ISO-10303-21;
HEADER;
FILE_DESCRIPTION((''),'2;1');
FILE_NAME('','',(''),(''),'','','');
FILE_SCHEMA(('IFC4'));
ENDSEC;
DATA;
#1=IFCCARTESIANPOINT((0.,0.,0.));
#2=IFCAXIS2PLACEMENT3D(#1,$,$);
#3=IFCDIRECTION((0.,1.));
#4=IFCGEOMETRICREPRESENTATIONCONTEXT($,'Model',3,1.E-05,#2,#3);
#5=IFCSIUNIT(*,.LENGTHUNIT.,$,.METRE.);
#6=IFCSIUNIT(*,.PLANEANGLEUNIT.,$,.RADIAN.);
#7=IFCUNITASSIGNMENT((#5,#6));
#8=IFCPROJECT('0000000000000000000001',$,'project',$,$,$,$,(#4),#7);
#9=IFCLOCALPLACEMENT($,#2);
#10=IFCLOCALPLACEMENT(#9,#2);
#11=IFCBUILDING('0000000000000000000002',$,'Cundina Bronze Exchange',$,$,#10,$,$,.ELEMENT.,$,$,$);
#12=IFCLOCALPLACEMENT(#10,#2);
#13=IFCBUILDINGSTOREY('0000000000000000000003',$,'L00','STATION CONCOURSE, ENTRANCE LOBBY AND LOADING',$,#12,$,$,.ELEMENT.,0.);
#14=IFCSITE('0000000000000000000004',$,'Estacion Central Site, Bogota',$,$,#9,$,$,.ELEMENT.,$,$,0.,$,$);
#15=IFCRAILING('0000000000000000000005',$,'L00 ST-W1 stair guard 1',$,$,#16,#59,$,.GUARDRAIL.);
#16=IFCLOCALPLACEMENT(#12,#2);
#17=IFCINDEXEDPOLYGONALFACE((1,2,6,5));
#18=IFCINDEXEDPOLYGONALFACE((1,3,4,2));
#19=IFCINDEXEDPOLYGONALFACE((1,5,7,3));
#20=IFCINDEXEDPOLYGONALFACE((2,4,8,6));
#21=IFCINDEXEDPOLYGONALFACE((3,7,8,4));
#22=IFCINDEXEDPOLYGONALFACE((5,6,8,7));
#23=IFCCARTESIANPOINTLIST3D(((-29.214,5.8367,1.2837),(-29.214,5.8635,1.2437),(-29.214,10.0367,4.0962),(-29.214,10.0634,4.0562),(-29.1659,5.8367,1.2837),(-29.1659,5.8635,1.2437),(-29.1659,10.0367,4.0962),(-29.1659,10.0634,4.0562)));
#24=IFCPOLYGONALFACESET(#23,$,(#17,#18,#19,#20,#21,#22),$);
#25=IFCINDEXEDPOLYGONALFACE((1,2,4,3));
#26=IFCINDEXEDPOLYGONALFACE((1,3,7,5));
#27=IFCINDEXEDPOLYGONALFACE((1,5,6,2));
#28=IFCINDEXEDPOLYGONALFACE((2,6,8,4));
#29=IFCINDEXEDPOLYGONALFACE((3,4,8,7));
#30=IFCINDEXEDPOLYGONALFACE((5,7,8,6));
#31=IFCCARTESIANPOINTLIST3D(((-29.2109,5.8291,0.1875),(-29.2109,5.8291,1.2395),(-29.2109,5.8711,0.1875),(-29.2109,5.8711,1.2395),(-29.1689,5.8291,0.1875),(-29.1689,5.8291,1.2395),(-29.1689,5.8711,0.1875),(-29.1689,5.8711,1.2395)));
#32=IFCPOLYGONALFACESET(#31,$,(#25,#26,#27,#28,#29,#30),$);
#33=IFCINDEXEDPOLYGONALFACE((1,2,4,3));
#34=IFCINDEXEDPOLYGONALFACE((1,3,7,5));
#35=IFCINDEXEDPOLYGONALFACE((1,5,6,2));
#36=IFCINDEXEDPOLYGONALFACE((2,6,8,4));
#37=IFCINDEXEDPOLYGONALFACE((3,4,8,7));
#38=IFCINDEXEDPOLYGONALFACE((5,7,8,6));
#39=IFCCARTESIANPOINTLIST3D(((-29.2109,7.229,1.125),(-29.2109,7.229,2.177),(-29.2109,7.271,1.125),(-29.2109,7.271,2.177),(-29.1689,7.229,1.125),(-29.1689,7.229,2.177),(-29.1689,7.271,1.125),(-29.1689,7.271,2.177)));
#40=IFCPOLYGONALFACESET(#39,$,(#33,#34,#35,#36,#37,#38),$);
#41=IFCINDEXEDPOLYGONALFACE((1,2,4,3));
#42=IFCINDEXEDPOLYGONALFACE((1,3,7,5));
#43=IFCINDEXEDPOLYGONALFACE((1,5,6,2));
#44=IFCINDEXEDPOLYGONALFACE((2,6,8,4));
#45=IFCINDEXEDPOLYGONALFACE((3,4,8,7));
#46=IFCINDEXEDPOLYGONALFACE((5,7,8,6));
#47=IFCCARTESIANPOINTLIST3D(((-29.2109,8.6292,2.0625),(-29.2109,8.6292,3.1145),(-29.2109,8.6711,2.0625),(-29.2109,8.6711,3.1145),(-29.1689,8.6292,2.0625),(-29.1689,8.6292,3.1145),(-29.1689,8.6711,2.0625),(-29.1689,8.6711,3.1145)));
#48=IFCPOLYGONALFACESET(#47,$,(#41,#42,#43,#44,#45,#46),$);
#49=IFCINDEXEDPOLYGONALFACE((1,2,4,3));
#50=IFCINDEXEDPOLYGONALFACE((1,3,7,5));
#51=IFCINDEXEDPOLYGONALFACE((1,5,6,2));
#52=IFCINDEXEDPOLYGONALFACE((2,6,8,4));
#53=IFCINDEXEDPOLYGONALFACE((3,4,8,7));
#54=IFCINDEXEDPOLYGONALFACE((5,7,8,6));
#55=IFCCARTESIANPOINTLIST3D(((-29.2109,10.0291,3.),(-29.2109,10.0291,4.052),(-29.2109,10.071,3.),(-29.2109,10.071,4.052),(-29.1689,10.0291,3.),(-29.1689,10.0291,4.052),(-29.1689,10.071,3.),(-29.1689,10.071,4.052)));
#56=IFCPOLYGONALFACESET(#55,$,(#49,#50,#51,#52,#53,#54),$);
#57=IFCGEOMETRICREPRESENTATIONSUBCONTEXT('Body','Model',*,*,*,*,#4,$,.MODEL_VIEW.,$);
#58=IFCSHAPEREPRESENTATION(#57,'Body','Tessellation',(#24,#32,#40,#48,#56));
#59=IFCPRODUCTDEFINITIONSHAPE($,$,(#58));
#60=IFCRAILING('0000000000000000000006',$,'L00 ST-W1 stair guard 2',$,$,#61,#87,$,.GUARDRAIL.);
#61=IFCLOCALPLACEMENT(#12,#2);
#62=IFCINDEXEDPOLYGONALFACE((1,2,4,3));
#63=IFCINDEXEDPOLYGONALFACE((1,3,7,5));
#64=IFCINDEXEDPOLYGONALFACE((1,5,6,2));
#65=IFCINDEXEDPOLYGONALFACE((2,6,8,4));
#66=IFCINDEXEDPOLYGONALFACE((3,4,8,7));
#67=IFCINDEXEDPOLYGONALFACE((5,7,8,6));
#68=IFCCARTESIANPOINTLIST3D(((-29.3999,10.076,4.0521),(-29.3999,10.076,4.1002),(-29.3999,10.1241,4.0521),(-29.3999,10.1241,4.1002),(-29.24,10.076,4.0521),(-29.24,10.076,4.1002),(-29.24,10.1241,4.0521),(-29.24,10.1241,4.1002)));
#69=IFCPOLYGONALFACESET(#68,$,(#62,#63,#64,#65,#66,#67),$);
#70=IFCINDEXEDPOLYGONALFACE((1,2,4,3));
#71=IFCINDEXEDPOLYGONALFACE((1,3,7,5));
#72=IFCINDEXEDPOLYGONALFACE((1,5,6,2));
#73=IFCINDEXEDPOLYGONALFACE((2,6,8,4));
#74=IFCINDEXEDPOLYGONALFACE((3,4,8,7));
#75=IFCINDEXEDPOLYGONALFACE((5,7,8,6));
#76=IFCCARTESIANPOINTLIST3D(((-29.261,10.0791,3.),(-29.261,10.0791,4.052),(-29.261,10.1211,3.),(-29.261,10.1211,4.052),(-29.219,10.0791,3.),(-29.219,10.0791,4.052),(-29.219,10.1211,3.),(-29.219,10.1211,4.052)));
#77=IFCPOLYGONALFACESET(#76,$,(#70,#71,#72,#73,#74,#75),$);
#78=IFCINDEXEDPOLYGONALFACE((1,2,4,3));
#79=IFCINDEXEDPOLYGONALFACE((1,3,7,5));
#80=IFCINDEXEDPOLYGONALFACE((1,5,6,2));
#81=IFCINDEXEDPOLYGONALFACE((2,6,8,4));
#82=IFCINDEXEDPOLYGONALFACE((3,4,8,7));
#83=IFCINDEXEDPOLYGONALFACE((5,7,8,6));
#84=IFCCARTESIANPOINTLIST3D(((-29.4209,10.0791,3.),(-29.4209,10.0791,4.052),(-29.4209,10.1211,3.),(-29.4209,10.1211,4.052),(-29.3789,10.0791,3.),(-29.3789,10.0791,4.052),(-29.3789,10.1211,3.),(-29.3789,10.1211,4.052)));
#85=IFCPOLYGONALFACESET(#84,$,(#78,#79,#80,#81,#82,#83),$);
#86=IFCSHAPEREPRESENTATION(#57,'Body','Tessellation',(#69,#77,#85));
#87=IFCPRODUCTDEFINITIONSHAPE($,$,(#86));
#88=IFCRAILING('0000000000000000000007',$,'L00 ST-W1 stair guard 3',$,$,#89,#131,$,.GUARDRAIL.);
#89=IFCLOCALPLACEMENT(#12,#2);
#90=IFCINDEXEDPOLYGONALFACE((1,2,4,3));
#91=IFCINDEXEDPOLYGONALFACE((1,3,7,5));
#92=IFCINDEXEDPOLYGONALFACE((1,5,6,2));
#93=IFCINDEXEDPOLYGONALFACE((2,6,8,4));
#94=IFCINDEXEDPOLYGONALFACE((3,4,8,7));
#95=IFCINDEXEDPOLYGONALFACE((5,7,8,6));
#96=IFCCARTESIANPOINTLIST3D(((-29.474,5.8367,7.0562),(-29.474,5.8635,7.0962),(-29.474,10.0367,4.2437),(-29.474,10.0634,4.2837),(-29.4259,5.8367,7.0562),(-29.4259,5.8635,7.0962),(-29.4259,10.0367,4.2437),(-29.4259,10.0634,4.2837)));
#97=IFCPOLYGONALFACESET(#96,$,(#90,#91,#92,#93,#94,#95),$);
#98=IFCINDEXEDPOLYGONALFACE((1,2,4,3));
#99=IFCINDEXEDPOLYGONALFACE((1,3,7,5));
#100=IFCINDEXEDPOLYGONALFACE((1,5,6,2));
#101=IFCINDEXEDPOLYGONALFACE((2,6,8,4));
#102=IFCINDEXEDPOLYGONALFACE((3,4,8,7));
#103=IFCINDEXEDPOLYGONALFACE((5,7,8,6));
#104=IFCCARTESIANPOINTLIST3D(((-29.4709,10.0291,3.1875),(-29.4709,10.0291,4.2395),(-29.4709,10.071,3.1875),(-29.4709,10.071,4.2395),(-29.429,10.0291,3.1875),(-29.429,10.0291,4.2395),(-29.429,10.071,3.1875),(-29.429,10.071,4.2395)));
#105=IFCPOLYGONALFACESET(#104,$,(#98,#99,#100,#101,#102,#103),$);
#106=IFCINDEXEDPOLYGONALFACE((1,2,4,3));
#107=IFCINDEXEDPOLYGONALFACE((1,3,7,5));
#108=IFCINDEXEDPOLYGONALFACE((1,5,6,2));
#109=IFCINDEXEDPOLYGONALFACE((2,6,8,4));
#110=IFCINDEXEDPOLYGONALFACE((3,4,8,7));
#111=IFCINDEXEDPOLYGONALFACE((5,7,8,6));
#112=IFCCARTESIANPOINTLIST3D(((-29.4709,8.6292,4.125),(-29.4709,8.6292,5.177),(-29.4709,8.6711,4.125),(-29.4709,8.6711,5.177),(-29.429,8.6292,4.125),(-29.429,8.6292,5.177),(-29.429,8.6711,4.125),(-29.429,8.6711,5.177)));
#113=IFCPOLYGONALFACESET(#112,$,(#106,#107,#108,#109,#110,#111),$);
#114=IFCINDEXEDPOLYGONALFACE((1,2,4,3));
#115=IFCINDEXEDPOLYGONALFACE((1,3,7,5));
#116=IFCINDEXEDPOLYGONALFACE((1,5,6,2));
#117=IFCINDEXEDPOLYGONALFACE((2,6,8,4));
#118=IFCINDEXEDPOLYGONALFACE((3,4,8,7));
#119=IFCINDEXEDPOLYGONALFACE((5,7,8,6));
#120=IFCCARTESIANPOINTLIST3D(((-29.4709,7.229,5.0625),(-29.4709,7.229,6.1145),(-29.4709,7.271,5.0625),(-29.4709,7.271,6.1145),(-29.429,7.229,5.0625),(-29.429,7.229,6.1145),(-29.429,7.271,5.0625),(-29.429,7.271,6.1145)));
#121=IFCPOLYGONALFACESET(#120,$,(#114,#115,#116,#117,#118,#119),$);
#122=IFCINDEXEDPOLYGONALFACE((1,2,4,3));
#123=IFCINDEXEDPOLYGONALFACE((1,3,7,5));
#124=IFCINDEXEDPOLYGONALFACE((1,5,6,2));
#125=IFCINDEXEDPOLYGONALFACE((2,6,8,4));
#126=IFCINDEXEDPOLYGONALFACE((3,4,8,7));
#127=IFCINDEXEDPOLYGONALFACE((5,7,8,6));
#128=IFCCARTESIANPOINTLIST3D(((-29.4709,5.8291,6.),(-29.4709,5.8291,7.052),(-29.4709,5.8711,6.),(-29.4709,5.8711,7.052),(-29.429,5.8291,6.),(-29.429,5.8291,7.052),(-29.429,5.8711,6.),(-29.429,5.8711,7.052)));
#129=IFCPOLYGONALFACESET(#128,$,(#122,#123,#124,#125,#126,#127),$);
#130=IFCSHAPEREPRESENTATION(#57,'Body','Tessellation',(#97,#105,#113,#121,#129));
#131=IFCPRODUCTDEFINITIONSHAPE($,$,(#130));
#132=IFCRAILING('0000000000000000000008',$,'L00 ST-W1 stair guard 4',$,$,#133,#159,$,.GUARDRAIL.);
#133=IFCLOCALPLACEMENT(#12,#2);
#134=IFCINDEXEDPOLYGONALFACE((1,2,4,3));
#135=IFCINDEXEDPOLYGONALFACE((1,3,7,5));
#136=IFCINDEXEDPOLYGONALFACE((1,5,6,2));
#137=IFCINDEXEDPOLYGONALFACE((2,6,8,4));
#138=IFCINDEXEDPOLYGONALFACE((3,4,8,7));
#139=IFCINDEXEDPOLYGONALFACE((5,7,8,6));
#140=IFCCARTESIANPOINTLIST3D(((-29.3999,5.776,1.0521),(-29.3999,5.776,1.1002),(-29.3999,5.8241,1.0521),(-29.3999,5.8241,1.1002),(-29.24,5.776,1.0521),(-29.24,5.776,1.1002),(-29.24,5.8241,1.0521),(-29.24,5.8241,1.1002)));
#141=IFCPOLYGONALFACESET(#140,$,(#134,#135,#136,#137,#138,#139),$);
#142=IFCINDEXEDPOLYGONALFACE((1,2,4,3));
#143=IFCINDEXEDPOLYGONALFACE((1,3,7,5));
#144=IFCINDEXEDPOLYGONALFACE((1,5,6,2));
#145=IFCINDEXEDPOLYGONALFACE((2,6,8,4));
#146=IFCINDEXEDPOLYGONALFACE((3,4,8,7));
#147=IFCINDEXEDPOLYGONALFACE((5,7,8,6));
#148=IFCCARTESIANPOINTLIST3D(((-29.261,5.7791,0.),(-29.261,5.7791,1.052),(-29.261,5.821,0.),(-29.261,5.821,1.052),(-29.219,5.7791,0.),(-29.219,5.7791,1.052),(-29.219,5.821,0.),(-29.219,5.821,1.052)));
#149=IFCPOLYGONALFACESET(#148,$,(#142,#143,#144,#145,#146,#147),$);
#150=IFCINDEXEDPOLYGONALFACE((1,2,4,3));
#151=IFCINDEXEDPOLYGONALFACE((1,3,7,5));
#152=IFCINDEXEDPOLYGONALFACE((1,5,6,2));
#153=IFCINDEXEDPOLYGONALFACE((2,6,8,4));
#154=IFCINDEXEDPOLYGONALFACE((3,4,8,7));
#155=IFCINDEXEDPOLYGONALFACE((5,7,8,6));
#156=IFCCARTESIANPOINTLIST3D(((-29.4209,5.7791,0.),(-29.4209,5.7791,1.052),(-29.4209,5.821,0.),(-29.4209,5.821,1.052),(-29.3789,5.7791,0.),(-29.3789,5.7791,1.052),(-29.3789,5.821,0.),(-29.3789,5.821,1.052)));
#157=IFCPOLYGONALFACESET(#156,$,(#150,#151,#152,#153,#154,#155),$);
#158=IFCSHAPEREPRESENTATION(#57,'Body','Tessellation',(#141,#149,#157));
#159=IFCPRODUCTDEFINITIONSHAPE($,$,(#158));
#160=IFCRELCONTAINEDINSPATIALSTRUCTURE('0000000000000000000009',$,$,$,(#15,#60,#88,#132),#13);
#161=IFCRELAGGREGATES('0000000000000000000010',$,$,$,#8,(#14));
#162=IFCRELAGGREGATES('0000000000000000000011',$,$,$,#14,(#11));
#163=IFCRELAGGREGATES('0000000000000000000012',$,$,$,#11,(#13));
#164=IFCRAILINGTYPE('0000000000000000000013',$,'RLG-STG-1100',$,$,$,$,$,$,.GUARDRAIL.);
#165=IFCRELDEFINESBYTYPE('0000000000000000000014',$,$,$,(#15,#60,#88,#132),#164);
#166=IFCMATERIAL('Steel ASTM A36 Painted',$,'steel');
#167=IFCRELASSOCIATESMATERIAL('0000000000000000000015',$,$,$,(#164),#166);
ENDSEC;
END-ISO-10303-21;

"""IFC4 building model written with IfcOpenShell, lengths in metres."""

from ifc_helpers import new_model, si_unit, direction, frame, origin, origin_2d, place, context, subcontext, project, spatial, rectangle, extrude, material, type_object, element, save


model = new_model("IFC4")

# Units and contexts
model_context = context("Model", 3, precision=1e-05, world=origin(), true_north=direction((0.0, 1.0)))
body_context = subcontext(model_context, "Body", "Model", "MODEL_VIEW")
ifc_project = project(units=[si_unit("LENGTHUNIT", "METRE"), si_unit("PLANEANGLEUNIT", "RADIAN")], contexts=[model_context])

# Site, building, storey
site_placement = place(None, origin())
site = spatial("IfcSite", under=ifc_project, at=site_placement, Name="Estacion Central Site, Bogota", CompositionType="ELEMENT", RefElevation=0.0)
building_placement = place(site_placement, origin())
building = spatial("IfcBuilding", under=site, at=building_placement, Name="Cundina Bronze Exchange", CompositionType="ELEMENT")
storey_placement = place(building_placement, origin())
storey = spatial("IfcBuildingStorey", under=building, at=storey_placement, Name="L00", Description="STATION CONCOURSE, ENTRANCE LOBBY AND LOADING", CompositionType="ELEMENT", Elevation=0.0)

# Shared definitions
ifc_material_1 = material(Name="Steel ASTM A36 Painted", Category="steel")

# Railings
railing_type_1 = type_object("IfcRailingType", Name="RLG-STG-1100", PredefinedType="GUARDRAIL", material=ifc_material_1)
railing_1_placement = place(storey_placement, frame((-29.1899, 5.8501, 0.1875)))
element("IfcRailing", 1, at=railing_1_placement, inside=storey, type_object=railing_type_1, Name="L00 ST-W1 stair guard 1", PredefinedType="GUARDRAIL", context=body_context, shape_type="SweptSolid", body=[
    extrude(rectangle(XDim=0.0481, YDim=0.0481, at=origin_2d()), frame((0.0, 0.0, 1.0762), z_axis=(0.0, 0.830904, 0.556416), x_axis=(-1.0, 0.0, 0.0)), (0.0, 0.0, 1.0), 5.0547),
    extrude(rectangle(XDim=0.042, YDim=0.042, at=origin_2d()), origin(), (0.0, 0.0, 1.0), 1.052),
    extrude(rectangle(XDim=0.042, YDim=0.042, at=origin_2d()), frame((0.0, 1.3999, 0.9375)), (0.0, 0.0, 1.0), 1.052),
    extrude(rectangle(XDim=0.042, YDim=0.042, at=origin_2d()), frame((0.0, 2.8, 1.875)), (0.0, 0.0, 1.0), 1.052),
    extrude(rectangle(XDim=0.042, YDim=0.042, at=origin_2d()), frame((0.0, 4.2, 2.8125)), (0.0, 0.0, 1.0), 1.052),
])
railing_2_placement = place(storey_placement, frame((-29.24, 10.1001, 3.0)))
element("IfcRailing", 2, at=railing_2_placement, inside=storey, type_object=railing_type_1, Name="L00 ST-W1 stair guard 2", PredefinedType="GUARDRAIL", context=body_context, shape_type="SweptSolid", body=[
    extrude(rectangle(XDim=0.0481, YDim=0.0481, at=origin_2d()), frame((0.0, 0.0, 1.0762), z_axis=(-1.0, 0.0, 0.0), x_axis=(0.0, -1.0, 0.0)), (0.0, 0.0, 1.0), 0.1599),
    extrude(rectangle(XDim=0.042, YDim=0.042, at=origin_2d()), origin(), (0.0, 0.0, 1.0), 1.052),
    extrude(rectangle(XDim=0.042, YDim=0.042, at=origin_2d()), frame((-0.1599, 0.0, 0.0)), (0.0, 0.0, 1.0), 1.052),
])
railing_3_placement = place(storey_placement, frame((-29.45, 10.05, 3.1875)))
element("IfcRailing", 3, at=railing_3_placement, inside=storey, type_object=railing_type_1, Name="L00 ST-W1 stair guard 3", PredefinedType="GUARDRAIL", context=body_context, shape_type="SweptSolid", body=[
    extrude(rectangle(XDim=0.0481, YDim=0.0481, at=origin_2d()), frame((0.0, 0.0, 1.0762), z_axis=(0.0, -0.830904, 0.556416), x_axis=(1.0, 0.0, 0.0)), (0.0, 0.0, 1.0), 5.0547),
    extrude(rectangle(XDim=0.042, YDim=0.042, at=origin_2d()), origin(), (0.0, 0.0, 1.0), 1.052),
    extrude(rectangle(XDim=0.042, YDim=0.042, at=origin_2d()), frame((0.0, -1.3999, 0.9375)), (0.0, 0.0, 1.0), 1.052),
    extrude(rectangle(XDim=0.042, YDim=0.042, at=origin_2d()), frame((0.0, -2.8, 1.875)), (0.0, 0.0, 1.0), 1.052),
    extrude(rectangle(XDim=0.042, YDim=0.042, at=origin_2d()), frame((0.0, -4.2, 2.8125)), (0.0, 0.0, 1.0), 1.052),
])
railing_4_placement = place(storey_placement, frame((-29.24, 5.8, 0.0)))
element("IfcRailing", 4, at=railing_4_placement, inside=storey, type_object=railing_type_1, Name="L00 ST-W1 stair guard 4", PredefinedType="GUARDRAIL", context=body_context, shape_type="SweptSolid", body=[
    extrude(rectangle(XDim=0.0481, YDim=0.0481, at=origin_2d()), frame((0.0, 0.0, 1.0762), z_axis=(-1.0, 0.0, 0.0), x_axis=(0.0, -1.0, 0.0)), (0.0, 0.0, 1.0), 0.1599),
    extrude(rectangle(XDim=0.042, YDim=0.042, at=origin_2d()), origin(), (0.0, 0.0, 1.0), 1.052),
    extrude(rectangle(XDim=0.042, YDim=0.042, at=origin_2d()), frame((-0.1599, 0.0, 0.0)), (0.0, 0.0, 1.0), 1.052),
])

save(model, "model.ifc")
